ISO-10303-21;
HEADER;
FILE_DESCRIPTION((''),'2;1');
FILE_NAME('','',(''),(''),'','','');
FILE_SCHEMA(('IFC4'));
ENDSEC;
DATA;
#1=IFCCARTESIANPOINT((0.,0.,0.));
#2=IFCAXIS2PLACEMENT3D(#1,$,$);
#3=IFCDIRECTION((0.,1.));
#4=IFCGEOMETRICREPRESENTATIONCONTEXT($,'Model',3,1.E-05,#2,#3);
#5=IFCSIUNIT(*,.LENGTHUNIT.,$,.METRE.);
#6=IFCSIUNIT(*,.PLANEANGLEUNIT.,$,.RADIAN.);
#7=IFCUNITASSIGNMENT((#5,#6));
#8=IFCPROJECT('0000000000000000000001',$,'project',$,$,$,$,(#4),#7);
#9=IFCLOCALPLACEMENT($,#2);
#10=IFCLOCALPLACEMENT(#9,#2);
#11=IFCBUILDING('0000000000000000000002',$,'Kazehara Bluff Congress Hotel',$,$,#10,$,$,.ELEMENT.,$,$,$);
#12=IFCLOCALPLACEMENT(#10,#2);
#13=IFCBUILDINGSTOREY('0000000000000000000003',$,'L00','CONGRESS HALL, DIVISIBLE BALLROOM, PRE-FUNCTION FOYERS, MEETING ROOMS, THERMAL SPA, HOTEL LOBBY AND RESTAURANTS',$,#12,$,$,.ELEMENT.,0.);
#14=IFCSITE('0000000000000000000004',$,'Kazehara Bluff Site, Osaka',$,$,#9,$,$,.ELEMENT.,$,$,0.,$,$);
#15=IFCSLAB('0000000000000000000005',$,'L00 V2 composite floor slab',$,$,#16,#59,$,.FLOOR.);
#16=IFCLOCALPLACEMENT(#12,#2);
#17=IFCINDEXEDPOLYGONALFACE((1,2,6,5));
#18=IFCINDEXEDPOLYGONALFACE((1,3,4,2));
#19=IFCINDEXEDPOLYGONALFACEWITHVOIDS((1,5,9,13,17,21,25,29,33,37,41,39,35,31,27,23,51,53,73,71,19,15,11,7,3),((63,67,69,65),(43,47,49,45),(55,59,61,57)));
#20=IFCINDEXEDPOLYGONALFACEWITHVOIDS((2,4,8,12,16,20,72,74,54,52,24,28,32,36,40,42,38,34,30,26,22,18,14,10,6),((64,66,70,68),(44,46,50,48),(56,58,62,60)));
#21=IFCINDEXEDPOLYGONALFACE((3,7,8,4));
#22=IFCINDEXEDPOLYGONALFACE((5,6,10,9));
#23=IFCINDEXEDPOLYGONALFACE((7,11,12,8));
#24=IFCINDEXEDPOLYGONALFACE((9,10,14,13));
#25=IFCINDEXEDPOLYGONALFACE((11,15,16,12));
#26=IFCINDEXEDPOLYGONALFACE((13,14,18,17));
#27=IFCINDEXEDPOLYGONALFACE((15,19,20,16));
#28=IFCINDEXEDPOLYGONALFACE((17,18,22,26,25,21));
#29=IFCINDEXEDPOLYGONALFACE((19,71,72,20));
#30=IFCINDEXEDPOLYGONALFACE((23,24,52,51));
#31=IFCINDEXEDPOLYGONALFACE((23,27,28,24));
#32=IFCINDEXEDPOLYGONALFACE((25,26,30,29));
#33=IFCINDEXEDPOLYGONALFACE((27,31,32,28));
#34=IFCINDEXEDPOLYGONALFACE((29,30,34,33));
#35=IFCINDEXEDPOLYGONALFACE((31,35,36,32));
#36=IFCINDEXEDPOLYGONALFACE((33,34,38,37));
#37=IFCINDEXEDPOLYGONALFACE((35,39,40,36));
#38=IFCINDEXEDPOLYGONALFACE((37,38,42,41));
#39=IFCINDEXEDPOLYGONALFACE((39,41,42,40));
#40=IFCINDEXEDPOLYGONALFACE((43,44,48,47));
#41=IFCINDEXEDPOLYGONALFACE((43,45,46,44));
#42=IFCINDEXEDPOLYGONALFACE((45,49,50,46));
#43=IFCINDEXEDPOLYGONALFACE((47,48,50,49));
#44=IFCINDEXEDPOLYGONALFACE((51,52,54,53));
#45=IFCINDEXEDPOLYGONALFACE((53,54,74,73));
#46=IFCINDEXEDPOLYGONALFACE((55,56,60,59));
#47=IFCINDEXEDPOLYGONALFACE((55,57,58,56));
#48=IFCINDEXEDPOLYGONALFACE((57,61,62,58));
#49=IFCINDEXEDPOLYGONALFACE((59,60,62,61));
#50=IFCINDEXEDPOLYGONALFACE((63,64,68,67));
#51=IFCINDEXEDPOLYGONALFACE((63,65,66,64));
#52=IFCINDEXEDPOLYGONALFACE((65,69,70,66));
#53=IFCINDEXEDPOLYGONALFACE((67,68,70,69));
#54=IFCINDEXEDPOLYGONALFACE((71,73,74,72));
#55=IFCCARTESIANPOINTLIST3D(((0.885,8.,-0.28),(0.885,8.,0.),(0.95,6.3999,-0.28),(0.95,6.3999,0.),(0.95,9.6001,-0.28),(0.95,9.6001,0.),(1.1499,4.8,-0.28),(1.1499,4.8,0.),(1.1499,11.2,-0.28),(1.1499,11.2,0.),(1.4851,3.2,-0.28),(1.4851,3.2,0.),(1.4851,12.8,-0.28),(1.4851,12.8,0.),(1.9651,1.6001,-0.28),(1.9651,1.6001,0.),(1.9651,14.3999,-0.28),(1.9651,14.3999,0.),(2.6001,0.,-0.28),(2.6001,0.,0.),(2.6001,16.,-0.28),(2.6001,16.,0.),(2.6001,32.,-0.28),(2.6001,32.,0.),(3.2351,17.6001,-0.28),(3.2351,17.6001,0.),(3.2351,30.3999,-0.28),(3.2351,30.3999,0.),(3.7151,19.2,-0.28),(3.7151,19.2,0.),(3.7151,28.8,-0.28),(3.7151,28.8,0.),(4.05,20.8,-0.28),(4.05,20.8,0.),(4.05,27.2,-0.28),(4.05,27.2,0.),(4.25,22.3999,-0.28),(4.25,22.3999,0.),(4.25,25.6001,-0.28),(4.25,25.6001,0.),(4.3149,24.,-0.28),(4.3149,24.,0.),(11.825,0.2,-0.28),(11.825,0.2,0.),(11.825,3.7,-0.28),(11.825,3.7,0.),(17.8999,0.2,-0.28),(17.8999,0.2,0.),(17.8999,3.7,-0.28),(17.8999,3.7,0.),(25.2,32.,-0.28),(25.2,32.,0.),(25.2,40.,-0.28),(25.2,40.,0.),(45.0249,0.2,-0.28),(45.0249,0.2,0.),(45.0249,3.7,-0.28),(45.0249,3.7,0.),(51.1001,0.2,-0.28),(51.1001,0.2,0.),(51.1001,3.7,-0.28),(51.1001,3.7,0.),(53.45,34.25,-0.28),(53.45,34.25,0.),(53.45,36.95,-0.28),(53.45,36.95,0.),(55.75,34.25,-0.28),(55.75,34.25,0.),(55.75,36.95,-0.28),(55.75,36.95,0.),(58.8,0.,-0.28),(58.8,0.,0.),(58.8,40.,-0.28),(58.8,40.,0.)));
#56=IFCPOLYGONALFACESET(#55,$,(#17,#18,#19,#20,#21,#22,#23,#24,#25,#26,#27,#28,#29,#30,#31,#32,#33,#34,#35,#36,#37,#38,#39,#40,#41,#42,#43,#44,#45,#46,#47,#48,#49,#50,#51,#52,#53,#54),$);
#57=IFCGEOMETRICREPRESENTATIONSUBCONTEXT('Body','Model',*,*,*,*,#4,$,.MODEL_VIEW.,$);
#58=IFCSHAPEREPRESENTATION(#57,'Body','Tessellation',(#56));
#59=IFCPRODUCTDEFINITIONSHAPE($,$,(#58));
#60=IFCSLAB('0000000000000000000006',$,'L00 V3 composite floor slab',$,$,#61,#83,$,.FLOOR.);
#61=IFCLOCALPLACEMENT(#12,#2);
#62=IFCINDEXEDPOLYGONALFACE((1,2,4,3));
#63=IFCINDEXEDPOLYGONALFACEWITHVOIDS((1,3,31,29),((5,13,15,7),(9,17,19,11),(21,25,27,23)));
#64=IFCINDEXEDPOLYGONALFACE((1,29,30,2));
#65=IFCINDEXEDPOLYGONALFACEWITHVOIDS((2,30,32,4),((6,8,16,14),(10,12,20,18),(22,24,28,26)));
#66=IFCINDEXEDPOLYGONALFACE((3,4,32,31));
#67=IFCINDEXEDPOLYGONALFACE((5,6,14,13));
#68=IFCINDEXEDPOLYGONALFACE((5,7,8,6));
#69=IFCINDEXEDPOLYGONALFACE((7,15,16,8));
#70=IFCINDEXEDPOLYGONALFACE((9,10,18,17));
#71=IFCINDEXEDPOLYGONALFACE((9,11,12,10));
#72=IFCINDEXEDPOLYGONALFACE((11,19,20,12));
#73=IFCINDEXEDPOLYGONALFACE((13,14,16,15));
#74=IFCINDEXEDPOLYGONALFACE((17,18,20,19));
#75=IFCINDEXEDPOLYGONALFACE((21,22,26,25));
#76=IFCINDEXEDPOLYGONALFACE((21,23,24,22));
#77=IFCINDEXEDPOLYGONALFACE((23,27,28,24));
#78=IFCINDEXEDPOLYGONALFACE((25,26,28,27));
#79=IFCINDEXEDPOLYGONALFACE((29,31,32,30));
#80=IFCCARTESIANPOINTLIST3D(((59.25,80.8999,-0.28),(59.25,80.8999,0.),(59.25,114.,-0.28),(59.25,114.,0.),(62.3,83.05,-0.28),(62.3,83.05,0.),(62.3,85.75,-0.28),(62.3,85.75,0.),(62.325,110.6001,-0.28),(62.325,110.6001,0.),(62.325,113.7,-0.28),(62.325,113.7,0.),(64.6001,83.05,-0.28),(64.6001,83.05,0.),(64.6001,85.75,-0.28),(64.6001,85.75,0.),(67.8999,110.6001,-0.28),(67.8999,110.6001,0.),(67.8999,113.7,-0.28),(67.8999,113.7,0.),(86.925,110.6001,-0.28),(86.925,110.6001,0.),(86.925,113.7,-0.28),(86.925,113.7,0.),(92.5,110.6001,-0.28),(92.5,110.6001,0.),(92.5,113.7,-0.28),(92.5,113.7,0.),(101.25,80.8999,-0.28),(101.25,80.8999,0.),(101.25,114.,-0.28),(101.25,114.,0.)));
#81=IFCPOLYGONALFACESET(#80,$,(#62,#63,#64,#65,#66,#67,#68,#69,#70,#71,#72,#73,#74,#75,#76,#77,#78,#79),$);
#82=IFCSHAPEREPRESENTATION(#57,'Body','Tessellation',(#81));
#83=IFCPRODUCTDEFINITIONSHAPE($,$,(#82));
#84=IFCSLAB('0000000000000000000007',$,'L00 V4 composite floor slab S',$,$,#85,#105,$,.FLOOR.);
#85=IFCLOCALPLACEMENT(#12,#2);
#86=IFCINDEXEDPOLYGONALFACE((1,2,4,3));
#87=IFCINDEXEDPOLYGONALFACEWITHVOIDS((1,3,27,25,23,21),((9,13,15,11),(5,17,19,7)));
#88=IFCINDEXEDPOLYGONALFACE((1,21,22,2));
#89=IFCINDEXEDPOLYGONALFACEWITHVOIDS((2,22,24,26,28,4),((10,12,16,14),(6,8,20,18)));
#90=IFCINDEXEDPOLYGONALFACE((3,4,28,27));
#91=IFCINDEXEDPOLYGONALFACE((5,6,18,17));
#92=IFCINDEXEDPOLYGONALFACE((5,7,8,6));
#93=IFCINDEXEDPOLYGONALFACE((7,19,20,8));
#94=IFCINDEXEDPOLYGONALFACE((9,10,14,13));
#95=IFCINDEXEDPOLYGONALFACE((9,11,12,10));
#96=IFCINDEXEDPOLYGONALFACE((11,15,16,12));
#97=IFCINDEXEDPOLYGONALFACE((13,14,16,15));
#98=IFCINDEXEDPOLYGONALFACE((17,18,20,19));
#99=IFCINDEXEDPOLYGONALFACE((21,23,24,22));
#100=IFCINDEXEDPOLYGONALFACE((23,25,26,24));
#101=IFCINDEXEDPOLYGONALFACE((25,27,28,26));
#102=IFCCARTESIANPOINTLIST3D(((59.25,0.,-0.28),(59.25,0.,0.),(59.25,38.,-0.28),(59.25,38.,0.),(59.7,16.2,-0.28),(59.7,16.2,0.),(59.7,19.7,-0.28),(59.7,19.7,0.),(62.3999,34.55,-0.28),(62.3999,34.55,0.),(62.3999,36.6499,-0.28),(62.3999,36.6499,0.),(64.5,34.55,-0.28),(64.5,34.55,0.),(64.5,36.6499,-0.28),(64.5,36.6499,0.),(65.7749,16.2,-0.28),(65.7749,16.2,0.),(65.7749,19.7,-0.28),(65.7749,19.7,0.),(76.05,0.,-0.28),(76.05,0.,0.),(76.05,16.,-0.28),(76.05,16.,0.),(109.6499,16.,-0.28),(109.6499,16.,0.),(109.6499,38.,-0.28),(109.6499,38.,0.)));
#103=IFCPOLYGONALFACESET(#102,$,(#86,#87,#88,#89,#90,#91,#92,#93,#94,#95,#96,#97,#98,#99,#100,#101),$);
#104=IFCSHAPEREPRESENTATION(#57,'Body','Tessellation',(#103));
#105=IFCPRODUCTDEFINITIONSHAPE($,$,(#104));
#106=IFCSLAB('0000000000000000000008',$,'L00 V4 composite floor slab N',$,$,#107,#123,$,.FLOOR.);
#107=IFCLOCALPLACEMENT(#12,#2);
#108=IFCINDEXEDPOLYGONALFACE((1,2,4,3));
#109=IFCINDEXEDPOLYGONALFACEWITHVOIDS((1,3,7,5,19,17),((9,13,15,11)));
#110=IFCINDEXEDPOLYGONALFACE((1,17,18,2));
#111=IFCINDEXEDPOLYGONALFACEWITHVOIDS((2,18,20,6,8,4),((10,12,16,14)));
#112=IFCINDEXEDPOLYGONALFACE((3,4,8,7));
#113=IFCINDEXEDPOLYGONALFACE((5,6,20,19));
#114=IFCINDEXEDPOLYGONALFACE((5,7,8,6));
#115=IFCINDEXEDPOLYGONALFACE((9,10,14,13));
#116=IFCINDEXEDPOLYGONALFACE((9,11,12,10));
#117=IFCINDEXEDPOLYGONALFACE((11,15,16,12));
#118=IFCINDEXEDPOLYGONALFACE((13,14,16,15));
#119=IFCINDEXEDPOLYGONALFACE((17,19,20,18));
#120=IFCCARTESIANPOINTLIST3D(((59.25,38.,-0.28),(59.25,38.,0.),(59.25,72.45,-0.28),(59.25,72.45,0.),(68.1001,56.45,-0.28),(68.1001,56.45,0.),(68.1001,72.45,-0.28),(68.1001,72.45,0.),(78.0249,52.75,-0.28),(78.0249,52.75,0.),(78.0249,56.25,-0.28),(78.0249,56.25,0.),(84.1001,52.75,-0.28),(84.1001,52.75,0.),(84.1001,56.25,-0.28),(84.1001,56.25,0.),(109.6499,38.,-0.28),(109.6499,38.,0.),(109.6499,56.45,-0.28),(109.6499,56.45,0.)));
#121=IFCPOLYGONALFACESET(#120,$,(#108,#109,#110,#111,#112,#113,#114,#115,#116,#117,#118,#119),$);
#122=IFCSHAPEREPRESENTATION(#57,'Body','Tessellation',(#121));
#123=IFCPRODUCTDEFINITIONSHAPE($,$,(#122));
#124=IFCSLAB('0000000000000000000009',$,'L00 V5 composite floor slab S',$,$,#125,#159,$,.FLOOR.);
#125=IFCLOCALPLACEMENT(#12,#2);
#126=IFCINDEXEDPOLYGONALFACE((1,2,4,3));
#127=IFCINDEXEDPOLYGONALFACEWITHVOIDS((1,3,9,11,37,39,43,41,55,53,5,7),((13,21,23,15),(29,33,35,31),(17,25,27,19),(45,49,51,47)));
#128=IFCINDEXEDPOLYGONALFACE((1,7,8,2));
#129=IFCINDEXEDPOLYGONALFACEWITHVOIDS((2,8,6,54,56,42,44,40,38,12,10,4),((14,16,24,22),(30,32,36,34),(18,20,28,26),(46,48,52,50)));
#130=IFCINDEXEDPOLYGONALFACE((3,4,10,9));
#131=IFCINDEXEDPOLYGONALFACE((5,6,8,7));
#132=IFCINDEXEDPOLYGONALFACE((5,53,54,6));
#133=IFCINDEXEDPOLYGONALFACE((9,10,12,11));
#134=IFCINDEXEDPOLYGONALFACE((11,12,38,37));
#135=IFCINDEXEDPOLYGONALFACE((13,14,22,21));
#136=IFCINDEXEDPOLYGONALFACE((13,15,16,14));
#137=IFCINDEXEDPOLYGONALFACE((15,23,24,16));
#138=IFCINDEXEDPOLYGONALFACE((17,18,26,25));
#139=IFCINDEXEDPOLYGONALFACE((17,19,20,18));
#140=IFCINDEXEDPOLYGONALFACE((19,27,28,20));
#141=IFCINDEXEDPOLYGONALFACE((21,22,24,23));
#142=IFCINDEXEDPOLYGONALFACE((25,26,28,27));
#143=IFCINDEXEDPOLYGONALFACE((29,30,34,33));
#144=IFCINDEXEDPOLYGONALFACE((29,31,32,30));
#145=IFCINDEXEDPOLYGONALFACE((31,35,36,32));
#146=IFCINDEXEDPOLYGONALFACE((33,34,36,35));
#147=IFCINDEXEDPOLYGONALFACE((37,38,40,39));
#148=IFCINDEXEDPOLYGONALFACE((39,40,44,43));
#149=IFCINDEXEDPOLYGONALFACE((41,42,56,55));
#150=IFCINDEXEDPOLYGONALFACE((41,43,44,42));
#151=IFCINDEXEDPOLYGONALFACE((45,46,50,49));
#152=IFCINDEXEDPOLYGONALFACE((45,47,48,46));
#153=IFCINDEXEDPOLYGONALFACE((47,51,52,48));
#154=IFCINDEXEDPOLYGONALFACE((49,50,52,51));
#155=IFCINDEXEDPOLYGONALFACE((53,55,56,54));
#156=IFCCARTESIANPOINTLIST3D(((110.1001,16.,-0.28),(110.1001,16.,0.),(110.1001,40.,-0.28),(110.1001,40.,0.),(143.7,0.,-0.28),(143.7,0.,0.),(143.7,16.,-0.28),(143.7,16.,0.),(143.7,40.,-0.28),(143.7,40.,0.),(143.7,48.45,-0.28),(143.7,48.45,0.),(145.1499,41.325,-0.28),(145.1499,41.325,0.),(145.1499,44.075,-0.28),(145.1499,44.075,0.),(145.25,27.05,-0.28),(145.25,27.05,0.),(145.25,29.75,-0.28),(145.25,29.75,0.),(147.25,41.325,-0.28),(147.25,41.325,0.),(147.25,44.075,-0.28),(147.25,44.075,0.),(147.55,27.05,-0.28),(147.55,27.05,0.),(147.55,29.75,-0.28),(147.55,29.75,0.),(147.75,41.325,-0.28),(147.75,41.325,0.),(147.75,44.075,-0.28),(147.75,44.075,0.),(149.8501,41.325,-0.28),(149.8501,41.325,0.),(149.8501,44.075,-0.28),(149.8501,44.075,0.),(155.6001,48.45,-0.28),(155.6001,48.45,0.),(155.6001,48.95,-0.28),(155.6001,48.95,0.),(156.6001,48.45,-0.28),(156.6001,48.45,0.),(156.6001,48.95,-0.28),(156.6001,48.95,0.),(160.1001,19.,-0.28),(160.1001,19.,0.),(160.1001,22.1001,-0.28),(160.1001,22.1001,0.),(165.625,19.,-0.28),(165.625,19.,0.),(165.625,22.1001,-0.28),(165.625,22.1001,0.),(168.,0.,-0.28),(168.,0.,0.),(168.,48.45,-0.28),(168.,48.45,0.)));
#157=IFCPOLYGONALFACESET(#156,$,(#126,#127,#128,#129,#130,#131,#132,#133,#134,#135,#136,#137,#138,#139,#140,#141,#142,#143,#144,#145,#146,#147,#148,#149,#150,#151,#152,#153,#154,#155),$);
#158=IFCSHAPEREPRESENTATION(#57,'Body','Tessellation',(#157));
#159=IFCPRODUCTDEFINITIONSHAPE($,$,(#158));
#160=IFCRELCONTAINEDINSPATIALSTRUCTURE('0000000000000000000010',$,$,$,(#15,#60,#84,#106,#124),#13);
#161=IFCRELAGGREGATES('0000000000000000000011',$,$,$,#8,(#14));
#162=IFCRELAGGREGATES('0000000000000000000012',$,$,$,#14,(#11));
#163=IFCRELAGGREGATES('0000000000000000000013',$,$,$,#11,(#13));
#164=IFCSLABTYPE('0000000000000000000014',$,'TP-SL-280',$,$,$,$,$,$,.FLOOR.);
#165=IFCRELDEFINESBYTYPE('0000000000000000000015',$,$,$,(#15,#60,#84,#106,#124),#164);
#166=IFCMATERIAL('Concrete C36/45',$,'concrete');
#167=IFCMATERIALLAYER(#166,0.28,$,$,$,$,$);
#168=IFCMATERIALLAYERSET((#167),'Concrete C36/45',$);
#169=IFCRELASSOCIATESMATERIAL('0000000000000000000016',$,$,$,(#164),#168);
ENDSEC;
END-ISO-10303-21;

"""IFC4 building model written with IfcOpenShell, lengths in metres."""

from ifc_helpers import new_model, si_unit, direction, frame, origin, place, context, subcontext, project, spatial, polyline, outline, extrude, material, layer, layer_set, type_object, element, save


model = new_model("IFC4")

# Units and contexts
model_context = context("Model", 3, precision=1e-05, world=origin(), true_north=direction((0.0, 1.0)))
body_context = subcontext(model_context, "Body", "Model", "MODEL_VIEW")
ifc_project = project(units=[si_unit("LENGTHUNIT", "METRE"), si_unit("PLANEANGLEUNIT", "RADIAN")], contexts=[model_context])

# Site, building, storey
site_placement = place(None, origin())
site = spatial("IfcSite", under=ifc_project, at=site_placement, Name="Kazehara Bluff Site, Osaka", CompositionType="ELEMENT", RefElevation=0.0)
building_placement = place(site_placement, origin())
building = spatial("IfcBuilding", under=site, at=building_placement, Name="Kazehara Bluff Congress Hotel", CompositionType="ELEMENT")
storey_placement = place(building_placement, origin())
storey = spatial("IfcBuildingStorey", under=building, at=storey_placement, Name="L00", Description="CONGRESS HALL, DIVISIBLE BALLROOM, PRE-FUNCTION FOYERS, MEETING ROOMS, THERMAL SPA, HOTEL LOBBY AND RESTAURANTS", CompositionType="ELEMENT", Elevation=0.0)

# Slabs
ifc_material_1 = material(Name="Concrete C36/45", Category="concrete")
ifc_layer_1 = layer(ifc_material_1, 0.28)
ifc_layer_set_1 = layer_set([ifc_layer_1], Name="Concrete C36/45")
slab_type_1 = type_object("IfcSlabType", Name="TP-SL-280", PredefinedType="FLOOR", material=ifc_layer_set_1)
slab_1_placement = place(storey_placement, frame((0.0, 0.0, -0.28)))
element("IfcSlab", 1, at=slab_1_placement, inside=storey, type_object=slab_type_1, Name="L00 V2 composite floor slab", PredefinedType="FLOOR", context=body_context, shape_type="SweptSolid", body=[
    extrude(outline(polyline([(58.8, 0.0), (58.8, 40.0), (25.2, 40.0), (25.2, 32.0), (2.6001, 32.0), (3.2351, 30.3999), (3.7151, 28.8), (4.05, 27.2), (4.25, 25.6001), (4.3149, 24.0), (4.25, 22.3999), (4.05, 20.8), (3.7151, 19.2), (3.2351, 17.6001), (2.6001, 16.0), (1.9651, 14.3999), (1.4851, 12.8), (1.1499, 11.2), (0.95, 9.6001), (0.885, 8.0), (0.95, 6.3999), (1.1499, 4.8), (1.4851, 3.2), (1.9651, 1.6001), (2.6001, 0.0), (58.8, 0.0)]), holes=[polyline([(11.825, 0.2), (17.8999, 0.2), (17.8999, 3.7), (11.825, 3.7), (11.825, 0.2)]), polyline([(45.0249, 0.2), (51.1001, 0.2), (51.1001, 3.7), (45.0249, 3.7), (45.0249, 0.2)]), polyline([(53.45, 34.25), (55.75, 34.25), (55.75, 36.95), (53.45, 36.95), (53.45, 34.25)])]), origin(), (0.0, 0.0, 1.0), 0.28),
])
slab_2_placement = place(storey_placement, frame((0.0, 0.0, -0.28)))
element("IfcSlab", 2, at=slab_2_placement, inside=storey, type_object=slab_type_1, Name="L00 V3 composite floor slab", PredefinedType="FLOOR", context=body_context, shape_type="SweptSolid", body=[
    extrude(outline(polyline([(59.25, 80.8999), (101.25, 80.8999), (101.25, 114.0), (59.25, 114.0), (59.25, 80.8999)]), holes=[polyline([(62.325, 110.6001), (67.8999, 110.6001), (67.8999, 113.7), (62.325, 113.7), (62.325, 110.6001)]), polyline([(86.925, 110.6001), (92.5, 110.6001), (92.5, 113.7), (86.925, 113.7), (86.925, 110.6001)]), polyline([(62.3, 83.05), (64.6001, 83.05), (64.6001, 85.75), (62.3, 85.75), (62.3, 83.05)])]), origin(), (0.0, 0.0, 1.0), 0.28),
])
slab_3_placement = place(storey_placement, frame((0.0, 0.0, -0.28)))
element("IfcSlab", 3, at=slab_3_placement, inside=storey, type_object=slab_type_1, Name="L00 V4 composite floor slab S", PredefinedType="FLOOR", context=body_context, shape_type="SweptSolid", body=[
    extrude(outline(polyline([(109.6499, 16.0), (76.05, 16.0), (76.05, 0.0), (59.25, 0.0), (59.25, 38.0), (109.6499, 38.0), (109.6499, 16.0)]), holes=[polyline([(65.7749, 19.7), (59.7, 19.7), (59.7, 16.2), (65.7749, 16.2), (65.7749, 19.7)]), polyline([(62.3999, 34.55), (64.5, 34.55), (64.5, 36.6499), (62.3999, 36.6499), (62.3999, 34.55)])]), origin(), (0.0, 0.0, 1.0), 0.28),
])
slab_4_placement = place(storey_placement, frame((0.0, 0.0, -0.28)))
element("IfcSlab", 4, at=slab_4_placement, inside=storey, type_object=slab_type_1, Name="L00 V4 composite floor slab N", PredefinedType="FLOOR", context=body_context, shape_type="SweptSolid", body=[
    extrude(outline(polyline([(59.25, 72.45), (68.1001, 72.45), (68.1001, 56.45), (109.6499, 56.45), (109.6499, 38.0), (59.25, 38.0), (59.25, 72.45)]), holes=[polyline([(78.0249, 52.75), (84.1001, 52.75), (84.1001, 56.25), (78.0249, 56.25), (78.0249, 52.75)])]), origin(), (0.0, 0.0, 1.0), 0.28),
])
slab_5_placement = place(storey_placement, frame((0.0, 0.0, -0.28)))
element("IfcSlab", 5, at=slab_5_placement, inside=storey, type_object=slab_type_1, Name="L00 V5 composite floor slab S", PredefinedType="FLOOR", context=body_context, shape_type="SweptSolid", body=[
    extrude(outline(polyline([(143.7, 0.0), (143.7, 16.0), (110.1001, 16.0), (110.1001, 40.0), (143.7, 40.0), (143.7, 48.45), (155.6001, 48.45), (155.6001, 48.95), (156.6001, 48.95), (156.6001, 48.45), (168.0, 48.45), (168.0, 0.0), (143.7, 0.0)]), holes=[polyline([(165.625, 22.1001), (160.1001, 22.1001), (160.1001, 19.0), (165.625, 19.0), (165.625, 22.1001)]), polyline([(145.1499, 41.325), (147.25, 41.325), (147.25, 44.075), (145.1499, 44.075), (145.1499, 41.325)]), polyline([(147.75, 41.325), (149.8501, 41.325), (149.8501, 44.075), (147.75, 44.075), (147.75, 41.325)]), polyline([(145.25, 27.05), (147.55, 27.05), (147.55, 29.75), (145.25, 29.75), (145.25, 27.05)])]), origin(), (0.0, 0.0, 1.0), 0.28),
])

save(model, "model.ifc")
